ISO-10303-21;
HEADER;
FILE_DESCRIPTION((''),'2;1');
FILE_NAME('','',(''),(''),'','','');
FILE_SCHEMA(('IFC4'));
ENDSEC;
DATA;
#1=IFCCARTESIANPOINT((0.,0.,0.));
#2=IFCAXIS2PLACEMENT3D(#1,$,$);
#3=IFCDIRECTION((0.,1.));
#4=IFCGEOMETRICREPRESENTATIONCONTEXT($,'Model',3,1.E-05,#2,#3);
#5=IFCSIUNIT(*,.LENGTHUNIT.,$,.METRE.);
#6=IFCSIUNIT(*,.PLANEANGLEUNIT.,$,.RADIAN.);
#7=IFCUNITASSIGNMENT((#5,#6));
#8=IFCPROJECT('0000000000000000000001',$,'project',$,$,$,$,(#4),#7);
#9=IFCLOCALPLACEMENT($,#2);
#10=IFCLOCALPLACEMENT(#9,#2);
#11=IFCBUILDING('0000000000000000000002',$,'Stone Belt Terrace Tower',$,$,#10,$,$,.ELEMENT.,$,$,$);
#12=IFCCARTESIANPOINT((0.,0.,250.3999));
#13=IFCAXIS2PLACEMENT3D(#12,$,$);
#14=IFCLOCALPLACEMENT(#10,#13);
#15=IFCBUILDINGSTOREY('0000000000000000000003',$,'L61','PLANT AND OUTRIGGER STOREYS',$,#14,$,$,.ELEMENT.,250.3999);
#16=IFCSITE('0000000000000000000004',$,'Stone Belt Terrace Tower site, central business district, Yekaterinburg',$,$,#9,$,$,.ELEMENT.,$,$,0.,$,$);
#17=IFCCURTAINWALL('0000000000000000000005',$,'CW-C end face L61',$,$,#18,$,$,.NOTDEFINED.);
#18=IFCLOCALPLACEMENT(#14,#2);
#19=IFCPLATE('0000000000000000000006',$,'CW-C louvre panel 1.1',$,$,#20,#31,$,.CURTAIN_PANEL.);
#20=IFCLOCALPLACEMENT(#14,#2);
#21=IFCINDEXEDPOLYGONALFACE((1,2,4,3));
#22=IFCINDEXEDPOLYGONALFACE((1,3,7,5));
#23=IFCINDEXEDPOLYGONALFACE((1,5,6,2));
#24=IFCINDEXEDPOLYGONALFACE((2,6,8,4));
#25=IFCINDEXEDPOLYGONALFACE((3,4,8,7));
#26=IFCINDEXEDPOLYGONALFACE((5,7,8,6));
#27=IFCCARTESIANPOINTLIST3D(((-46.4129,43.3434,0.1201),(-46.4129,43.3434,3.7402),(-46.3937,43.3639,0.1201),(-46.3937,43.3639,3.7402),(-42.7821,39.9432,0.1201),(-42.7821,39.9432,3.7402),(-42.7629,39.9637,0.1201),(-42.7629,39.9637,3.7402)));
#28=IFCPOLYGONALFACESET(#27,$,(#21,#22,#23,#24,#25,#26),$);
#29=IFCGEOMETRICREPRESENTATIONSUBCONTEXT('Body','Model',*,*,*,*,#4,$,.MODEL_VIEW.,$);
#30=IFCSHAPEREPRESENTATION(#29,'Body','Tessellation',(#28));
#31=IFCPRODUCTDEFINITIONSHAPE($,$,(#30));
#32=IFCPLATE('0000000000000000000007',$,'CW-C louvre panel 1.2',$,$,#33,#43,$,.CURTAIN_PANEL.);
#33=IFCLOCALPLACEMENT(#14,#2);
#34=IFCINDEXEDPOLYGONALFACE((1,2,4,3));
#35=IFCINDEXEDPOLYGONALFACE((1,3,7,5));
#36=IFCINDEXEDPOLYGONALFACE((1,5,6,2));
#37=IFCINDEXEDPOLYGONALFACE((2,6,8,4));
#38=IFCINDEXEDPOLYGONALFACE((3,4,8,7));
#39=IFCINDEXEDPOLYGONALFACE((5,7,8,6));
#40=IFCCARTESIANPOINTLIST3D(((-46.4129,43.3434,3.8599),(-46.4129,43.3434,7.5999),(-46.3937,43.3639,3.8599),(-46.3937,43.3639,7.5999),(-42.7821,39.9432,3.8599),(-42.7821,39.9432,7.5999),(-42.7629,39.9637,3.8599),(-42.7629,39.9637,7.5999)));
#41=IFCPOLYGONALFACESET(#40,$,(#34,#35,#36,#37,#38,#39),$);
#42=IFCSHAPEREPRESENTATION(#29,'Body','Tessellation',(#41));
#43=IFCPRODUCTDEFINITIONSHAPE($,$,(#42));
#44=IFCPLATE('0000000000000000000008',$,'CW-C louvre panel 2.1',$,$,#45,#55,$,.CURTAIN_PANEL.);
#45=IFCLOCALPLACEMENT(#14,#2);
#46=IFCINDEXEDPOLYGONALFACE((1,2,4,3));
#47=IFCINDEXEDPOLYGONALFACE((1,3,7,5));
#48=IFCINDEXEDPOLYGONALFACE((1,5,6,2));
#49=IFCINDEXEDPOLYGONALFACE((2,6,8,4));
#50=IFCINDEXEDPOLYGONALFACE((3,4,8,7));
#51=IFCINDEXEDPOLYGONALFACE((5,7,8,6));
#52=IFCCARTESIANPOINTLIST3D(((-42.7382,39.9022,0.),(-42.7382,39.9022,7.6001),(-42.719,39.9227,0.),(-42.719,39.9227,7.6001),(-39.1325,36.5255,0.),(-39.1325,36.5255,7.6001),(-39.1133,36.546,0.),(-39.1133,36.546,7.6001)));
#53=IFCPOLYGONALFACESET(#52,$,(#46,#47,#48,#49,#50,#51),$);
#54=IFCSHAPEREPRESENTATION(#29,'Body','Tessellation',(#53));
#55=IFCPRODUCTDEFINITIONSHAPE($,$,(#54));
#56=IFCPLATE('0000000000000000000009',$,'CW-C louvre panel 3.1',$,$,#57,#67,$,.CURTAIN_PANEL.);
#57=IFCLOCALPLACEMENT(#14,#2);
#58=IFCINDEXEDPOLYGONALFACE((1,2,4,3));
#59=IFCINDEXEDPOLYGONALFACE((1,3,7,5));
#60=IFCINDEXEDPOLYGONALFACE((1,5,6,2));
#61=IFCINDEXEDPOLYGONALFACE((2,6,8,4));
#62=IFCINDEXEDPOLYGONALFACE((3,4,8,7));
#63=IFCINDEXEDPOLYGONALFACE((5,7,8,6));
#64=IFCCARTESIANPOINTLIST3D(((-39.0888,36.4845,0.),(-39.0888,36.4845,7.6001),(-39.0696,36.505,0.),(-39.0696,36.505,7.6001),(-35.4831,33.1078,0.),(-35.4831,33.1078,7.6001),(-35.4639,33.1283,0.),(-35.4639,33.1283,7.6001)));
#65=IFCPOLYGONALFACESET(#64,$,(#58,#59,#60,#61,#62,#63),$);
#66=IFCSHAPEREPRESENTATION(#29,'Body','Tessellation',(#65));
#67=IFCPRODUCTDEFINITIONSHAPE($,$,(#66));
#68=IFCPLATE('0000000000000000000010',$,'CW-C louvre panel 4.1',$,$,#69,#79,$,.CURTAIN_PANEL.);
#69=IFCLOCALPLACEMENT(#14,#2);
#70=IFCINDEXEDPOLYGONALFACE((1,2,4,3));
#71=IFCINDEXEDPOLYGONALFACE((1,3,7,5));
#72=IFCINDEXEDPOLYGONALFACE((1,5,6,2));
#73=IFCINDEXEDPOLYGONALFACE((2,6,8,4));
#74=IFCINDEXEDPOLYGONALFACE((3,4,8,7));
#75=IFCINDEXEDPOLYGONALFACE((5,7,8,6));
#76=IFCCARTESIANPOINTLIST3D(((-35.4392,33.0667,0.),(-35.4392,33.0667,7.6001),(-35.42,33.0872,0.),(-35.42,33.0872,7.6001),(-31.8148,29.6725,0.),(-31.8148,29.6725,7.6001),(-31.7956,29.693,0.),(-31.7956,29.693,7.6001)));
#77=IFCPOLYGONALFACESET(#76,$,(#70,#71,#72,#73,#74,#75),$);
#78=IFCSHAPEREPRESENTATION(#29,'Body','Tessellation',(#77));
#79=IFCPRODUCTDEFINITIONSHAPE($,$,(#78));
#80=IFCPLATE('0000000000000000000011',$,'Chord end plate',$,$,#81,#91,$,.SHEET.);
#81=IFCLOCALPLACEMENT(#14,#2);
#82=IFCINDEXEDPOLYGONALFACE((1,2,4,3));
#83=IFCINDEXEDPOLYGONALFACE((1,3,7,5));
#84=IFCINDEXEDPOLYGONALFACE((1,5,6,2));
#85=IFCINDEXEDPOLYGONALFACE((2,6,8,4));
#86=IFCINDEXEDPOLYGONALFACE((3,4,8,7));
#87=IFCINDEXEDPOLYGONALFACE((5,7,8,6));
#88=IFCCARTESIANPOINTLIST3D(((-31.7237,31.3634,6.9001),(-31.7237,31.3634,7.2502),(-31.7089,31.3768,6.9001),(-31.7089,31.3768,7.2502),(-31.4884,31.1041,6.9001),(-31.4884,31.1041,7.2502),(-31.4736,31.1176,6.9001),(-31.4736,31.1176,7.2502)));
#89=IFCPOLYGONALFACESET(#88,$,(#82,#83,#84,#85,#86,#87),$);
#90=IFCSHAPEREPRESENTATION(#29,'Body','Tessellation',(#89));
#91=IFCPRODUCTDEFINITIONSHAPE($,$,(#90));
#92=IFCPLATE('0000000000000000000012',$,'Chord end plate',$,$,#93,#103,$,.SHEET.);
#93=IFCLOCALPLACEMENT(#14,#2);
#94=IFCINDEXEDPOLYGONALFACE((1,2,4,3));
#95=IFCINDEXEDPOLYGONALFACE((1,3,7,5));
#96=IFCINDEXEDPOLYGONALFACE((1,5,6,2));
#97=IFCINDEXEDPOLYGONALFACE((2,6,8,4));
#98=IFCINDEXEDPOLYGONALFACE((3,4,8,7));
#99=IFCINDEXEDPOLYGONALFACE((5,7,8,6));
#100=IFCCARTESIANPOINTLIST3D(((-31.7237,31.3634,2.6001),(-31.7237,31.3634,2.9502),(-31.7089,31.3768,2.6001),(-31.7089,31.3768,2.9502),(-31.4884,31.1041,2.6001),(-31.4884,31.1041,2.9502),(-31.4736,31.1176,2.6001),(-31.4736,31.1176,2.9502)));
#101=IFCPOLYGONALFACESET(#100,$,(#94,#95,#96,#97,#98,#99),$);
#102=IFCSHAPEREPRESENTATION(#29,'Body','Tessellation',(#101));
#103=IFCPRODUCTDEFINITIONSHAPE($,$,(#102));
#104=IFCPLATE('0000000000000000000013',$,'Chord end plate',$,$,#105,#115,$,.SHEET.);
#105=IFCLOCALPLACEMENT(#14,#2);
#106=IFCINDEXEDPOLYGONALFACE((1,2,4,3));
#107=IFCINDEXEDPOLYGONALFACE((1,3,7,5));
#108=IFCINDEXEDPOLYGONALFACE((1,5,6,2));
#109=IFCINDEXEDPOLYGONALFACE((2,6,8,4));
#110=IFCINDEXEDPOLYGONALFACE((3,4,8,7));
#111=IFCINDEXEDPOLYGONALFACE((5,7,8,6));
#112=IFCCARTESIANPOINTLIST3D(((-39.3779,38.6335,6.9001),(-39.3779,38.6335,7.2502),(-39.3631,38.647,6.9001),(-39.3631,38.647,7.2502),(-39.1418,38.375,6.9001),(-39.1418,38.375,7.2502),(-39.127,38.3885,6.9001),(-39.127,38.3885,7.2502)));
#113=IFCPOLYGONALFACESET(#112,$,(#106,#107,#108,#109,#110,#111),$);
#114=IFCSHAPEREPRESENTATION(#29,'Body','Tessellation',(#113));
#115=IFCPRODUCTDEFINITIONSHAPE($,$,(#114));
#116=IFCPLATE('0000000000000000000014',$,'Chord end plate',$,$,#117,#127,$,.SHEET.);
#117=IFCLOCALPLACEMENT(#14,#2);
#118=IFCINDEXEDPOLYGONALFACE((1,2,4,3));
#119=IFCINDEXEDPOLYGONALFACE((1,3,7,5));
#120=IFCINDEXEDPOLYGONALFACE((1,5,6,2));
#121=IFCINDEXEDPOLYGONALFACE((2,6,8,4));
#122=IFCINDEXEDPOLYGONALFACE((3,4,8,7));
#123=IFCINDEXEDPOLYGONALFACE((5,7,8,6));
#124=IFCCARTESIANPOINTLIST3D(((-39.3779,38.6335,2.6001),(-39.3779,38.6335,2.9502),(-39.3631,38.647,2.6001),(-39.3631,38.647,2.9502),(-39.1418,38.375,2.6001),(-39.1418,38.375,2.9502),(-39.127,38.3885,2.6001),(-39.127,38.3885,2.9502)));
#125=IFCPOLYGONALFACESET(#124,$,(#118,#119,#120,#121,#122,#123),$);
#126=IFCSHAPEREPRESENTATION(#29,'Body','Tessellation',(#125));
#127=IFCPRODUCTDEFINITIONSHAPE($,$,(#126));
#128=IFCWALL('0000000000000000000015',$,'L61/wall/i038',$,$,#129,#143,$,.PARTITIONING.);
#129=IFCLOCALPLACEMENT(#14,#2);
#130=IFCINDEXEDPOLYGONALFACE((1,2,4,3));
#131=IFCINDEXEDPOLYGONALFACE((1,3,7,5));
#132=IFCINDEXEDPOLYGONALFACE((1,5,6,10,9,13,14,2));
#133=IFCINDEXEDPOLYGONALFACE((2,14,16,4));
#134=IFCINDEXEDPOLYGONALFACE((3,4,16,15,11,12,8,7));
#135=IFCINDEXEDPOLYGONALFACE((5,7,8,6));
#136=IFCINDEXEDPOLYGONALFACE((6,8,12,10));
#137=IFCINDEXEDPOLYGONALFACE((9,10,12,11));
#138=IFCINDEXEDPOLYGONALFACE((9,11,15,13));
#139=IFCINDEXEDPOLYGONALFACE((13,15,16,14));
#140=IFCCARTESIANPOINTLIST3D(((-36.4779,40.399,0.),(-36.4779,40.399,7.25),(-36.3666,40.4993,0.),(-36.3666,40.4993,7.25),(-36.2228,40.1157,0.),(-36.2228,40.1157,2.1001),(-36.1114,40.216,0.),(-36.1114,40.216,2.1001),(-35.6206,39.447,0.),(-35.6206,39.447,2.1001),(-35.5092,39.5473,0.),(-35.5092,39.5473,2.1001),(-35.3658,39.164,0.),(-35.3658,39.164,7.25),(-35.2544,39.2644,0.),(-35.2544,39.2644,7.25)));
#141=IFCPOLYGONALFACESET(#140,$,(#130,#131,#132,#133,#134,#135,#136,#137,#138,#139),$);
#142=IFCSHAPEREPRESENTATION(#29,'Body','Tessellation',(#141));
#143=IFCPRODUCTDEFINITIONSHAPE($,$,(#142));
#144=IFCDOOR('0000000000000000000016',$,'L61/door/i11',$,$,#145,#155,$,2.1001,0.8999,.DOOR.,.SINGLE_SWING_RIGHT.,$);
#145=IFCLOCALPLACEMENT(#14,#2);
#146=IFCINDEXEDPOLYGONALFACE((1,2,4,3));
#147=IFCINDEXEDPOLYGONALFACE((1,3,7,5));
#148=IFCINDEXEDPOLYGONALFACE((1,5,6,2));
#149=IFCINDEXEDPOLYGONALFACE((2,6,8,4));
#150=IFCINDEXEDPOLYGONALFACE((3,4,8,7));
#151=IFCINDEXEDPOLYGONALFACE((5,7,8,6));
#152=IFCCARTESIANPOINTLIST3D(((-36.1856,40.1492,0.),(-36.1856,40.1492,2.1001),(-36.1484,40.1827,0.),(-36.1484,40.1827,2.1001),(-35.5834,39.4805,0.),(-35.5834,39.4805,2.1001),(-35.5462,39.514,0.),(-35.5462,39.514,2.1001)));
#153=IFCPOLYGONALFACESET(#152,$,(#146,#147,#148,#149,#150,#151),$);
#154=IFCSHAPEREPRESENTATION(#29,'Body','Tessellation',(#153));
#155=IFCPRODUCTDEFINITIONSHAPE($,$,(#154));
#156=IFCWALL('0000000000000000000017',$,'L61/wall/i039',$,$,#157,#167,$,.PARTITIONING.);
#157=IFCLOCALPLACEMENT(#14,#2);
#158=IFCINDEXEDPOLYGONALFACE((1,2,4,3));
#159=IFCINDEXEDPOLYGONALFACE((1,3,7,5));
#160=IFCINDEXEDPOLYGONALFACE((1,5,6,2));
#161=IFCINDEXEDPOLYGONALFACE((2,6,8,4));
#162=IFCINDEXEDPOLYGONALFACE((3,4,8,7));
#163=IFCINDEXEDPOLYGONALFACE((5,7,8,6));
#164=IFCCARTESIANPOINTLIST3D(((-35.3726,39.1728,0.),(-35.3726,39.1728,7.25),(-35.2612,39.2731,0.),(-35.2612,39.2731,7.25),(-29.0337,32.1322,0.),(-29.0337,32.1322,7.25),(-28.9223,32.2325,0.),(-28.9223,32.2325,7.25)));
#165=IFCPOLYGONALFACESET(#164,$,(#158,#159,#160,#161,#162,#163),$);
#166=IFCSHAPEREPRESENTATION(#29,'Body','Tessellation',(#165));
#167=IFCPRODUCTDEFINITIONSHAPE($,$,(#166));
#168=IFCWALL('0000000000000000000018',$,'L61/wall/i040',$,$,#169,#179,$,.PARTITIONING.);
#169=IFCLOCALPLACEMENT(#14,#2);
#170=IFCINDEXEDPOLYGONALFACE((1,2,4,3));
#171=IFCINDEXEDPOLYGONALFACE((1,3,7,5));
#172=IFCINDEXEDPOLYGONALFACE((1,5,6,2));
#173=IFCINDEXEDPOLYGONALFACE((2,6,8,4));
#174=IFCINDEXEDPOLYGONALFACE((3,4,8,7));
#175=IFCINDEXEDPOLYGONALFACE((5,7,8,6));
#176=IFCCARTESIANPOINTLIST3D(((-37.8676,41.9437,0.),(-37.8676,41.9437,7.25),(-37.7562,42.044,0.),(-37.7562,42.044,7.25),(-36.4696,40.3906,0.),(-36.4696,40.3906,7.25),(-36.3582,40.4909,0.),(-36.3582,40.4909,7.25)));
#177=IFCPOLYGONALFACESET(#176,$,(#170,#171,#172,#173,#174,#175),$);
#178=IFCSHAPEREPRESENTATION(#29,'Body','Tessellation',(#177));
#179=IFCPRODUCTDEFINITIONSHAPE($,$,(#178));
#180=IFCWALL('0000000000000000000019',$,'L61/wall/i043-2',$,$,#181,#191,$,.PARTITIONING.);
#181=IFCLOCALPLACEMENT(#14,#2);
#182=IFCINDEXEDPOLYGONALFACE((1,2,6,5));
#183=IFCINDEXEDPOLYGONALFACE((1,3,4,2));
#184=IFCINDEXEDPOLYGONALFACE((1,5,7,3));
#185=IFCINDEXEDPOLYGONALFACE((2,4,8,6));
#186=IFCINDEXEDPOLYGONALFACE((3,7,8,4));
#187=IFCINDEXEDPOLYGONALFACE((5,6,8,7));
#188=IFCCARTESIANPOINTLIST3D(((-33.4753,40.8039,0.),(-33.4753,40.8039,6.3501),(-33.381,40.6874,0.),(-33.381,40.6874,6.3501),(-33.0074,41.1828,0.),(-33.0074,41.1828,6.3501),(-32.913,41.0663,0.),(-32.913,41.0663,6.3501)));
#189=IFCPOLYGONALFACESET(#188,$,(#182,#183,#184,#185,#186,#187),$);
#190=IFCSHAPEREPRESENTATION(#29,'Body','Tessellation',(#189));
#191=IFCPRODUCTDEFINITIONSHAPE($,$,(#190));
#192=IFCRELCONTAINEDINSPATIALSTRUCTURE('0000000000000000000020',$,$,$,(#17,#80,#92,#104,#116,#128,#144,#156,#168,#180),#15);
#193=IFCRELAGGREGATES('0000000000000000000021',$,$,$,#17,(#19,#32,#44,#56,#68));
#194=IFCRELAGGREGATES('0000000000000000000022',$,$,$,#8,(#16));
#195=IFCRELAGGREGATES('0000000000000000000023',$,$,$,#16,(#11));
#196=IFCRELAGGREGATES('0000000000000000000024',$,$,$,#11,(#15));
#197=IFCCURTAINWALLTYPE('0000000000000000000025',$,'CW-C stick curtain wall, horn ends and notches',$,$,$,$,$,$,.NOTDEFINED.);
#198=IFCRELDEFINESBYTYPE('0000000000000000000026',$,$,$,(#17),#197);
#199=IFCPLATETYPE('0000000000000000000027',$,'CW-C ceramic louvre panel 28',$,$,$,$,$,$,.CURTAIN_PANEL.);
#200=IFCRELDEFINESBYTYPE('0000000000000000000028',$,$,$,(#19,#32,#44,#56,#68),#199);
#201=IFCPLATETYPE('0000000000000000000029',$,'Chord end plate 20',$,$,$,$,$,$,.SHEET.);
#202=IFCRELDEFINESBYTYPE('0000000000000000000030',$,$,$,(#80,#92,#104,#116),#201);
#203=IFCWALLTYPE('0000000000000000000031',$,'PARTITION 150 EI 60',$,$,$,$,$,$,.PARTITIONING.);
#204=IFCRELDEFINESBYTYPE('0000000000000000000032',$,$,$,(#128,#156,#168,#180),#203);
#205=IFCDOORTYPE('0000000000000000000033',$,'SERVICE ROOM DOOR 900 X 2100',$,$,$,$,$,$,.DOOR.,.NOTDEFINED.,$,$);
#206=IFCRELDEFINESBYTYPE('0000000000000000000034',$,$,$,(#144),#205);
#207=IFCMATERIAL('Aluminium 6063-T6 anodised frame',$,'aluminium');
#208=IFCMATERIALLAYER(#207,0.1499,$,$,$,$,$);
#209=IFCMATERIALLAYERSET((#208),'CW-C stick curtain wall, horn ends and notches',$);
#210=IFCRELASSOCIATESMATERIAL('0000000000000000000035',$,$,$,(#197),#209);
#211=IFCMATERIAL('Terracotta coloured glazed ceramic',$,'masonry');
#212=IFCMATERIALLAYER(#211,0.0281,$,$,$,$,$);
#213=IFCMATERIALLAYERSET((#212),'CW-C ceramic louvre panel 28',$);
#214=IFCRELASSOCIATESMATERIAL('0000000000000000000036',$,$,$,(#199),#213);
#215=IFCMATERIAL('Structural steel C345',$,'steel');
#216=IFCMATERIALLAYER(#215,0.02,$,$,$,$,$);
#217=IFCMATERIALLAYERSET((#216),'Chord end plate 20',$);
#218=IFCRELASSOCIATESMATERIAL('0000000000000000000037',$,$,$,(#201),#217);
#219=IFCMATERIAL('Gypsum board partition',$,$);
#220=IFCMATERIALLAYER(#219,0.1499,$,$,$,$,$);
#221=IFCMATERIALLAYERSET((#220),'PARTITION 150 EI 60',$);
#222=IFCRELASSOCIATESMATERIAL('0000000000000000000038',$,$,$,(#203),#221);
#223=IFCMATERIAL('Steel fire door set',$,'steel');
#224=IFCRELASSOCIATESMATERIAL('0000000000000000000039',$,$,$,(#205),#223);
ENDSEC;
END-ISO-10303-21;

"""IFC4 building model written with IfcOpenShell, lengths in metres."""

from ifc_helpers import new_model, si_unit, direction, frame, frame_2d, origin, origin_2d, place, context, subcontext, project, spatial, rectangle, extrude, material, layer, layer_set, type_object, element, fill, aggregate, save


model = new_model("IFC4")

# Units and contexts
model_context = context("Model", 3, precision=1e-05, world=origin(), true_north=direction((0.0, 1.0)))
body_context = subcontext(model_context, "Body", "Model", "MODEL_VIEW")
ifc_project = project(units=[si_unit("LENGTHUNIT", "METRE"), si_unit("PLANEANGLEUNIT", "RADIAN")], contexts=[model_context])

# Site, building, storey
site_placement = place(None, origin())
site = spatial("IfcSite", under=ifc_project, at=site_placement, Name="Stone Belt Terrace Tower site, central business district, Yekaterinburg", CompositionType="ELEMENT", RefElevation=0.0)
building_placement = place(site_placement, origin())
building = spatial("IfcBuilding", under=site, at=building_placement, Name="Stone Belt Terrace Tower", CompositionType="ELEMENT")
storey_placement = place(building_placement, frame((0.0, 0.0, 250.3999)))
storey = spatial("IfcBuildingStorey", under=building, at=storey_placement, Name="L61", Description="PLANT AND OUTRIGGER STOREYS", CompositionType="ELEMENT", Elevation=250.3999)

# Curtain wall
ifc_material_1 = material(Name="Aluminium 6063-T6 anodised frame", Category="aluminium")
ifc_layer_1 = layer(ifc_material_1, 0.1499)
ifc_layer_set_1 = layer_set([ifc_layer_1], Name="CW-C stick curtain wall, horn ends and notches")
curtain_wall_type_1 = type_object("IfcCurtainWallType", Name="CW-C stick curtain wall, horn ends and notches", PredefinedType="NOTDEFINED", material=ifc_layer_set_1)
curtain_wall_1_placement = place(storey_placement, origin())
curtain_wall_1 = element("IfcCurtainWall", 1, at=curtain_wall_1_placement, inside=storey, type_object=curtain_wall_type_1, Name="CW-C end face L61", PredefinedType="NOTDEFINED")

# Shared definitions
ifc_material_2 = material(Name="Structural steel C345", Category="steel")

# Plates
ifc_material_3 = material(Name="Terracotta coloured glazed ceramic", Category="masonry")
ifc_layer_2 = layer(ifc_material_3, 0.0281)
ifc_layer_set_2 = layer_set([ifc_layer_2], Name="CW-C ceramic louvre panel 28")
plate_type_1 = type_object("IfcPlateType", Name="CW-C ceramic louvre panel 28", PredefinedType="CURTAIN_PANEL", material=ifc_layer_set_2)
plate_1_placement = place(storey_placement, frame((-44.5879, 41.6536, 0.1201), z_axis=(0.0, 0.0, 1.0), x_axis=(0.729904, -0.683549, 0.0)))
plate_1 = element("IfcPlate", 2, at=plate_1_placement, type_object=plate_type_1, Name="CW-C louvre panel 1.1", PredefinedType="CURTAIN_PANEL", context=body_context, shape_type="SweptSolid", body=[
    extrude(rectangle(XDim=4.9744, YDim=0.0281, at=origin_2d()), origin(), (0.0, 0.0, 1.0), 3.6201),
])
plate_2_placement = place(storey_placement, frame((-44.5879, 41.6536, 3.8599), z_axis=(0.0, 0.0, 1.0), x_axis=(0.729904, -0.683549, 0.0)))
plate_2 = element("IfcPlate", 3, at=plate_2_placement, type_object=plate_type_1, Name="CW-C louvre panel 1.2", PredefinedType="CURTAIN_PANEL", context=body_context, shape_type="SweptSolid", body=[
    extrude(rectangle(XDim=4.9744, YDim=0.0281, at=origin_2d()), origin(), (0.0, 0.0, 1.0), 3.74),
])
plate_3_placement = place(storey_placement, frame((-40.9258, 38.2241, 0.0), z_axis=(0.0, 0.0, 1.0), x_axis=(0.729904, -0.683549, 0.0)))
plate_3 = element("IfcPlate", 4, at=plate_3_placement, type_object=plate_type_1, Name="CW-C louvre panel 2.1", PredefinedType="CURTAIN_PANEL", context=body_context, shape_type="SweptSolid", body=[
    extrude(rectangle(XDim=4.9399, YDim=0.0281, at=origin_2d()), origin(), (0.0, 0.0, 1.0), 7.6001),
])
plate_4_placement = place(storey_placement, frame((-37.2764, 34.8064, 0.0), z_axis=(0.0, 0.0, 1.0), x_axis=(0.729904, -0.683549, 0.0)))
plate_4 = element("IfcPlate", 5, at=plate_4_placement, type_object=plate_type_1, Name="CW-C louvre panel 3.1", PredefinedType="CURTAIN_PANEL", context=body_context, shape_type="SweptSolid", body=[
    extrude(rectangle(XDim=4.9399, YDim=0.0281, at=origin_2d()), origin(), (0.0, 0.0, 1.0), 7.6001),
])
plate_5_placement = place(storey_placement, frame((-33.6174, 31.3799, 0.0), z_axis=(0.0, 0.0, 1.0), x_axis=(0.729904, -0.683549, 0.0)))
plate_5 = element("IfcPlate", 6, at=plate_5_placement, type_object=plate_type_1, Name="CW-C louvre panel 4.1", PredefinedType="CURTAIN_PANEL", context=body_context, shape_type="SweptSolid", body=[
    extrude(rectangle(XDim=4.9656, YDim=0.0281, at=origin_2d()), origin(), (0.0, 0.0, 1.0), 7.6001),
])
aggregate(curtain_wall_1, [plate_1, plate_2, plate_3, plate_4, plate_5])

# Plates
ifc_layer_3 = layer(ifc_material_2, 0.02)
ifc_layer_set_3 = layer_set([ifc_layer_3], Name="Chord end plate 20")
plate_type_2 = type_object("IfcPlateType", Name="Chord end plate 20", PredefinedType="SHEET", material=ifc_layer_set_3)
for number, where, z_axis, x_axis, name in (
    (7, (-31.5986, 31.2405, 6.9001), (0.0, 0.0, 1.0), (-0.740454, -0.672107, 0.0), "Chord end plate"),
    (8, (-31.5986, 31.2405, 2.6001), (0.0, 0.0, 1.0), (-0.740454, -0.672107, 0.0), "Chord end plate"),
    (9, (-39.2524, 38.511, 6.9001), (0.0, 0.0, 1.0), (-0.738407, -0.674355, 0.0), "Chord end plate"),
    (10, (-39.2524, 38.511, 2.6001), (0.0, 0.0, 1.0), (-0.738407, -0.674355, 0.0), "Chord end plate"),
):
    element("IfcPlate", number, at=place(storey_placement, frame(where, z_axis=z_axis, x_axis=x_axis)), inside=storey, type_object=plate_type_2, Name=name, PredefinedType="SHEET", context=body_context, shape_type="SweptSolid", body=[
        extrude(rectangle(XDim=0.02, YDim=0.3501, at=origin_2d()), origin(), (0.0, 0.0, 1.0), 0.3501),
    ])

# Wall, opening, door
ifc_material_4 = material(Name="Gypsum board partition")
ifc_layer_4 = layer(ifc_material_4, 0.1499)
ifc_layer_set_4 = layer_set([ifc_layer_4], Name="PARTITION 150 EI 60")
wall_type = type_object("IfcWallType", Name="PARTITION 150 EI 60", PredefinedType="PARTITIONING", material=ifc_layer_set_4)
wall_1_placement = place(storey_placement, frame((-35.3101, 39.2141, 0.0), z_axis=(0.0, 0.0, 1.0), x_axis=(-0.669192, 0.74309, 0.0)))
wall_1 = element("IfcWall", 11, at=wall_1_placement, inside=storey, type_object=wall_type, Name="L61/wall/i038", PredefinedType="PARTITIONING", context=body_context, shape_type="SweptSolid", body=[
    extrude(rectangle(XDim=1.6619, YDim=0.1499, at=frame_2d((0.8311, 0.0))), origin(), (0.0, 0.0, 1.0), 7.25),
])
opening_1_placement = place(wall_1_placement, frame((0.3809, 0.0, 0.0)))
opening_1 = element("IfcOpeningElement", 12, at=opening_1_placement, cuts=wall_1, PredefinedType="OPENING", context=body_context, shape_type="SweptSolid", body=[
    extrude(rectangle(XDim=0.8999, YDim=2.1001, at=frame_2d((0.45, 1.05))), frame((0.0, 0.085, 0.0), z_axis=(0.0, -1.0, 0.0), x_axis=(1.0, 0.0, 0.0)), (0.0, 0.0, 1.0), 0.1699),
])
ifc_material_5 = material(Name="Steel fire door set", Category="steel")
door_type_1 = type_object("IfcDoorType", Name="SERVICE ROOM DOOR 900 X 2100", OperationType="NOTDEFINED", PredefinedType="DOOR", material=ifc_material_5)
door_1_placement = place(opening_1_placement, origin())
door_1 = element("IfcDoor", 13, at=door_1_placement, inside=storey, type_object=door_type_1, Name="L61/door/i11", OperationType="SINGLE_SWING_RIGHT", OverallHeight=2.1001, OverallWidth=0.8999, PredefinedType="DOOR", context=body_context, shape_type="SweptSolid", body=[
    extrude(rectangle(XDim=0.8999, YDim=2.1001, at=frame_2d((0.45, 1.05))), frame((0.0, 0.0249, 0.0), z_axis=(0.0, -1.0, 0.0), x_axis=(1.0, 0.0, 0.0)), (0.0, 0.0, 1.0), 0.05),
])
fill(opening_1, door_1)

# Walls
wall_2_placement = place(storey_placement, frame((-35.3169, 39.2229, 0.0), z_axis=(0.0, 0.0, 1.0), x_axis=(0.669104, -0.743169, 0.0)))
element("IfcWall", 14, at=wall_2_placement, inside=storey, type_object=wall_type, Name="L61/wall/i039", PredefinedType="PARTITIONING", context=body_context, shape_type="SweptSolid", body=[
    extrude(rectangle(XDim=9.4736, YDim=0.1499, at=frame_2d((4.7368, 0.0))), origin(), (0.0, 0.0, 1.0), 7.25),
])
wall_3_placement = place(storey_placement, frame((-37.812, 41.9939, 0.0), z_axis=(0.0, 0.0, 1.0), x_axis=(0.669036, -0.74323, 0.0)))
element("IfcWall", 15, at=wall_3_placement, inside=storey, type_object=wall_type, Name="L61/wall/i040", PredefinedType="PARTITIONING", context=body_context, shape_type="SweptSolid", body=[
    extrude(rectangle(XDim=2.0896, YDim=0.1499, at=frame_2d((1.0449, 0.0))), origin(), (0.0, 0.0, 1.0), 7.25),
])
wall_4_placement = place(storey_placement, frame((-32.9602, 41.1245, 0.0), z_axis=(0.0, 0.0, 1.0), x_axis=(-0.777217, -0.629233, 0.0)))
element("IfcWall", 16, at=wall_4_placement, inside=storey, type_object=wall_type, Name="L61/wall/i043-2", PredefinedType="PARTITIONING", context=body_context, shape_type="SweptSolid", body=[
    extrude(rectangle(XDim=0.6021, YDim=0.1499, at=frame_2d((0.301, 0.0))), origin(), (0.0, 0.0, 1.0), 6.3501),
])

save(model, "model.ifc")
